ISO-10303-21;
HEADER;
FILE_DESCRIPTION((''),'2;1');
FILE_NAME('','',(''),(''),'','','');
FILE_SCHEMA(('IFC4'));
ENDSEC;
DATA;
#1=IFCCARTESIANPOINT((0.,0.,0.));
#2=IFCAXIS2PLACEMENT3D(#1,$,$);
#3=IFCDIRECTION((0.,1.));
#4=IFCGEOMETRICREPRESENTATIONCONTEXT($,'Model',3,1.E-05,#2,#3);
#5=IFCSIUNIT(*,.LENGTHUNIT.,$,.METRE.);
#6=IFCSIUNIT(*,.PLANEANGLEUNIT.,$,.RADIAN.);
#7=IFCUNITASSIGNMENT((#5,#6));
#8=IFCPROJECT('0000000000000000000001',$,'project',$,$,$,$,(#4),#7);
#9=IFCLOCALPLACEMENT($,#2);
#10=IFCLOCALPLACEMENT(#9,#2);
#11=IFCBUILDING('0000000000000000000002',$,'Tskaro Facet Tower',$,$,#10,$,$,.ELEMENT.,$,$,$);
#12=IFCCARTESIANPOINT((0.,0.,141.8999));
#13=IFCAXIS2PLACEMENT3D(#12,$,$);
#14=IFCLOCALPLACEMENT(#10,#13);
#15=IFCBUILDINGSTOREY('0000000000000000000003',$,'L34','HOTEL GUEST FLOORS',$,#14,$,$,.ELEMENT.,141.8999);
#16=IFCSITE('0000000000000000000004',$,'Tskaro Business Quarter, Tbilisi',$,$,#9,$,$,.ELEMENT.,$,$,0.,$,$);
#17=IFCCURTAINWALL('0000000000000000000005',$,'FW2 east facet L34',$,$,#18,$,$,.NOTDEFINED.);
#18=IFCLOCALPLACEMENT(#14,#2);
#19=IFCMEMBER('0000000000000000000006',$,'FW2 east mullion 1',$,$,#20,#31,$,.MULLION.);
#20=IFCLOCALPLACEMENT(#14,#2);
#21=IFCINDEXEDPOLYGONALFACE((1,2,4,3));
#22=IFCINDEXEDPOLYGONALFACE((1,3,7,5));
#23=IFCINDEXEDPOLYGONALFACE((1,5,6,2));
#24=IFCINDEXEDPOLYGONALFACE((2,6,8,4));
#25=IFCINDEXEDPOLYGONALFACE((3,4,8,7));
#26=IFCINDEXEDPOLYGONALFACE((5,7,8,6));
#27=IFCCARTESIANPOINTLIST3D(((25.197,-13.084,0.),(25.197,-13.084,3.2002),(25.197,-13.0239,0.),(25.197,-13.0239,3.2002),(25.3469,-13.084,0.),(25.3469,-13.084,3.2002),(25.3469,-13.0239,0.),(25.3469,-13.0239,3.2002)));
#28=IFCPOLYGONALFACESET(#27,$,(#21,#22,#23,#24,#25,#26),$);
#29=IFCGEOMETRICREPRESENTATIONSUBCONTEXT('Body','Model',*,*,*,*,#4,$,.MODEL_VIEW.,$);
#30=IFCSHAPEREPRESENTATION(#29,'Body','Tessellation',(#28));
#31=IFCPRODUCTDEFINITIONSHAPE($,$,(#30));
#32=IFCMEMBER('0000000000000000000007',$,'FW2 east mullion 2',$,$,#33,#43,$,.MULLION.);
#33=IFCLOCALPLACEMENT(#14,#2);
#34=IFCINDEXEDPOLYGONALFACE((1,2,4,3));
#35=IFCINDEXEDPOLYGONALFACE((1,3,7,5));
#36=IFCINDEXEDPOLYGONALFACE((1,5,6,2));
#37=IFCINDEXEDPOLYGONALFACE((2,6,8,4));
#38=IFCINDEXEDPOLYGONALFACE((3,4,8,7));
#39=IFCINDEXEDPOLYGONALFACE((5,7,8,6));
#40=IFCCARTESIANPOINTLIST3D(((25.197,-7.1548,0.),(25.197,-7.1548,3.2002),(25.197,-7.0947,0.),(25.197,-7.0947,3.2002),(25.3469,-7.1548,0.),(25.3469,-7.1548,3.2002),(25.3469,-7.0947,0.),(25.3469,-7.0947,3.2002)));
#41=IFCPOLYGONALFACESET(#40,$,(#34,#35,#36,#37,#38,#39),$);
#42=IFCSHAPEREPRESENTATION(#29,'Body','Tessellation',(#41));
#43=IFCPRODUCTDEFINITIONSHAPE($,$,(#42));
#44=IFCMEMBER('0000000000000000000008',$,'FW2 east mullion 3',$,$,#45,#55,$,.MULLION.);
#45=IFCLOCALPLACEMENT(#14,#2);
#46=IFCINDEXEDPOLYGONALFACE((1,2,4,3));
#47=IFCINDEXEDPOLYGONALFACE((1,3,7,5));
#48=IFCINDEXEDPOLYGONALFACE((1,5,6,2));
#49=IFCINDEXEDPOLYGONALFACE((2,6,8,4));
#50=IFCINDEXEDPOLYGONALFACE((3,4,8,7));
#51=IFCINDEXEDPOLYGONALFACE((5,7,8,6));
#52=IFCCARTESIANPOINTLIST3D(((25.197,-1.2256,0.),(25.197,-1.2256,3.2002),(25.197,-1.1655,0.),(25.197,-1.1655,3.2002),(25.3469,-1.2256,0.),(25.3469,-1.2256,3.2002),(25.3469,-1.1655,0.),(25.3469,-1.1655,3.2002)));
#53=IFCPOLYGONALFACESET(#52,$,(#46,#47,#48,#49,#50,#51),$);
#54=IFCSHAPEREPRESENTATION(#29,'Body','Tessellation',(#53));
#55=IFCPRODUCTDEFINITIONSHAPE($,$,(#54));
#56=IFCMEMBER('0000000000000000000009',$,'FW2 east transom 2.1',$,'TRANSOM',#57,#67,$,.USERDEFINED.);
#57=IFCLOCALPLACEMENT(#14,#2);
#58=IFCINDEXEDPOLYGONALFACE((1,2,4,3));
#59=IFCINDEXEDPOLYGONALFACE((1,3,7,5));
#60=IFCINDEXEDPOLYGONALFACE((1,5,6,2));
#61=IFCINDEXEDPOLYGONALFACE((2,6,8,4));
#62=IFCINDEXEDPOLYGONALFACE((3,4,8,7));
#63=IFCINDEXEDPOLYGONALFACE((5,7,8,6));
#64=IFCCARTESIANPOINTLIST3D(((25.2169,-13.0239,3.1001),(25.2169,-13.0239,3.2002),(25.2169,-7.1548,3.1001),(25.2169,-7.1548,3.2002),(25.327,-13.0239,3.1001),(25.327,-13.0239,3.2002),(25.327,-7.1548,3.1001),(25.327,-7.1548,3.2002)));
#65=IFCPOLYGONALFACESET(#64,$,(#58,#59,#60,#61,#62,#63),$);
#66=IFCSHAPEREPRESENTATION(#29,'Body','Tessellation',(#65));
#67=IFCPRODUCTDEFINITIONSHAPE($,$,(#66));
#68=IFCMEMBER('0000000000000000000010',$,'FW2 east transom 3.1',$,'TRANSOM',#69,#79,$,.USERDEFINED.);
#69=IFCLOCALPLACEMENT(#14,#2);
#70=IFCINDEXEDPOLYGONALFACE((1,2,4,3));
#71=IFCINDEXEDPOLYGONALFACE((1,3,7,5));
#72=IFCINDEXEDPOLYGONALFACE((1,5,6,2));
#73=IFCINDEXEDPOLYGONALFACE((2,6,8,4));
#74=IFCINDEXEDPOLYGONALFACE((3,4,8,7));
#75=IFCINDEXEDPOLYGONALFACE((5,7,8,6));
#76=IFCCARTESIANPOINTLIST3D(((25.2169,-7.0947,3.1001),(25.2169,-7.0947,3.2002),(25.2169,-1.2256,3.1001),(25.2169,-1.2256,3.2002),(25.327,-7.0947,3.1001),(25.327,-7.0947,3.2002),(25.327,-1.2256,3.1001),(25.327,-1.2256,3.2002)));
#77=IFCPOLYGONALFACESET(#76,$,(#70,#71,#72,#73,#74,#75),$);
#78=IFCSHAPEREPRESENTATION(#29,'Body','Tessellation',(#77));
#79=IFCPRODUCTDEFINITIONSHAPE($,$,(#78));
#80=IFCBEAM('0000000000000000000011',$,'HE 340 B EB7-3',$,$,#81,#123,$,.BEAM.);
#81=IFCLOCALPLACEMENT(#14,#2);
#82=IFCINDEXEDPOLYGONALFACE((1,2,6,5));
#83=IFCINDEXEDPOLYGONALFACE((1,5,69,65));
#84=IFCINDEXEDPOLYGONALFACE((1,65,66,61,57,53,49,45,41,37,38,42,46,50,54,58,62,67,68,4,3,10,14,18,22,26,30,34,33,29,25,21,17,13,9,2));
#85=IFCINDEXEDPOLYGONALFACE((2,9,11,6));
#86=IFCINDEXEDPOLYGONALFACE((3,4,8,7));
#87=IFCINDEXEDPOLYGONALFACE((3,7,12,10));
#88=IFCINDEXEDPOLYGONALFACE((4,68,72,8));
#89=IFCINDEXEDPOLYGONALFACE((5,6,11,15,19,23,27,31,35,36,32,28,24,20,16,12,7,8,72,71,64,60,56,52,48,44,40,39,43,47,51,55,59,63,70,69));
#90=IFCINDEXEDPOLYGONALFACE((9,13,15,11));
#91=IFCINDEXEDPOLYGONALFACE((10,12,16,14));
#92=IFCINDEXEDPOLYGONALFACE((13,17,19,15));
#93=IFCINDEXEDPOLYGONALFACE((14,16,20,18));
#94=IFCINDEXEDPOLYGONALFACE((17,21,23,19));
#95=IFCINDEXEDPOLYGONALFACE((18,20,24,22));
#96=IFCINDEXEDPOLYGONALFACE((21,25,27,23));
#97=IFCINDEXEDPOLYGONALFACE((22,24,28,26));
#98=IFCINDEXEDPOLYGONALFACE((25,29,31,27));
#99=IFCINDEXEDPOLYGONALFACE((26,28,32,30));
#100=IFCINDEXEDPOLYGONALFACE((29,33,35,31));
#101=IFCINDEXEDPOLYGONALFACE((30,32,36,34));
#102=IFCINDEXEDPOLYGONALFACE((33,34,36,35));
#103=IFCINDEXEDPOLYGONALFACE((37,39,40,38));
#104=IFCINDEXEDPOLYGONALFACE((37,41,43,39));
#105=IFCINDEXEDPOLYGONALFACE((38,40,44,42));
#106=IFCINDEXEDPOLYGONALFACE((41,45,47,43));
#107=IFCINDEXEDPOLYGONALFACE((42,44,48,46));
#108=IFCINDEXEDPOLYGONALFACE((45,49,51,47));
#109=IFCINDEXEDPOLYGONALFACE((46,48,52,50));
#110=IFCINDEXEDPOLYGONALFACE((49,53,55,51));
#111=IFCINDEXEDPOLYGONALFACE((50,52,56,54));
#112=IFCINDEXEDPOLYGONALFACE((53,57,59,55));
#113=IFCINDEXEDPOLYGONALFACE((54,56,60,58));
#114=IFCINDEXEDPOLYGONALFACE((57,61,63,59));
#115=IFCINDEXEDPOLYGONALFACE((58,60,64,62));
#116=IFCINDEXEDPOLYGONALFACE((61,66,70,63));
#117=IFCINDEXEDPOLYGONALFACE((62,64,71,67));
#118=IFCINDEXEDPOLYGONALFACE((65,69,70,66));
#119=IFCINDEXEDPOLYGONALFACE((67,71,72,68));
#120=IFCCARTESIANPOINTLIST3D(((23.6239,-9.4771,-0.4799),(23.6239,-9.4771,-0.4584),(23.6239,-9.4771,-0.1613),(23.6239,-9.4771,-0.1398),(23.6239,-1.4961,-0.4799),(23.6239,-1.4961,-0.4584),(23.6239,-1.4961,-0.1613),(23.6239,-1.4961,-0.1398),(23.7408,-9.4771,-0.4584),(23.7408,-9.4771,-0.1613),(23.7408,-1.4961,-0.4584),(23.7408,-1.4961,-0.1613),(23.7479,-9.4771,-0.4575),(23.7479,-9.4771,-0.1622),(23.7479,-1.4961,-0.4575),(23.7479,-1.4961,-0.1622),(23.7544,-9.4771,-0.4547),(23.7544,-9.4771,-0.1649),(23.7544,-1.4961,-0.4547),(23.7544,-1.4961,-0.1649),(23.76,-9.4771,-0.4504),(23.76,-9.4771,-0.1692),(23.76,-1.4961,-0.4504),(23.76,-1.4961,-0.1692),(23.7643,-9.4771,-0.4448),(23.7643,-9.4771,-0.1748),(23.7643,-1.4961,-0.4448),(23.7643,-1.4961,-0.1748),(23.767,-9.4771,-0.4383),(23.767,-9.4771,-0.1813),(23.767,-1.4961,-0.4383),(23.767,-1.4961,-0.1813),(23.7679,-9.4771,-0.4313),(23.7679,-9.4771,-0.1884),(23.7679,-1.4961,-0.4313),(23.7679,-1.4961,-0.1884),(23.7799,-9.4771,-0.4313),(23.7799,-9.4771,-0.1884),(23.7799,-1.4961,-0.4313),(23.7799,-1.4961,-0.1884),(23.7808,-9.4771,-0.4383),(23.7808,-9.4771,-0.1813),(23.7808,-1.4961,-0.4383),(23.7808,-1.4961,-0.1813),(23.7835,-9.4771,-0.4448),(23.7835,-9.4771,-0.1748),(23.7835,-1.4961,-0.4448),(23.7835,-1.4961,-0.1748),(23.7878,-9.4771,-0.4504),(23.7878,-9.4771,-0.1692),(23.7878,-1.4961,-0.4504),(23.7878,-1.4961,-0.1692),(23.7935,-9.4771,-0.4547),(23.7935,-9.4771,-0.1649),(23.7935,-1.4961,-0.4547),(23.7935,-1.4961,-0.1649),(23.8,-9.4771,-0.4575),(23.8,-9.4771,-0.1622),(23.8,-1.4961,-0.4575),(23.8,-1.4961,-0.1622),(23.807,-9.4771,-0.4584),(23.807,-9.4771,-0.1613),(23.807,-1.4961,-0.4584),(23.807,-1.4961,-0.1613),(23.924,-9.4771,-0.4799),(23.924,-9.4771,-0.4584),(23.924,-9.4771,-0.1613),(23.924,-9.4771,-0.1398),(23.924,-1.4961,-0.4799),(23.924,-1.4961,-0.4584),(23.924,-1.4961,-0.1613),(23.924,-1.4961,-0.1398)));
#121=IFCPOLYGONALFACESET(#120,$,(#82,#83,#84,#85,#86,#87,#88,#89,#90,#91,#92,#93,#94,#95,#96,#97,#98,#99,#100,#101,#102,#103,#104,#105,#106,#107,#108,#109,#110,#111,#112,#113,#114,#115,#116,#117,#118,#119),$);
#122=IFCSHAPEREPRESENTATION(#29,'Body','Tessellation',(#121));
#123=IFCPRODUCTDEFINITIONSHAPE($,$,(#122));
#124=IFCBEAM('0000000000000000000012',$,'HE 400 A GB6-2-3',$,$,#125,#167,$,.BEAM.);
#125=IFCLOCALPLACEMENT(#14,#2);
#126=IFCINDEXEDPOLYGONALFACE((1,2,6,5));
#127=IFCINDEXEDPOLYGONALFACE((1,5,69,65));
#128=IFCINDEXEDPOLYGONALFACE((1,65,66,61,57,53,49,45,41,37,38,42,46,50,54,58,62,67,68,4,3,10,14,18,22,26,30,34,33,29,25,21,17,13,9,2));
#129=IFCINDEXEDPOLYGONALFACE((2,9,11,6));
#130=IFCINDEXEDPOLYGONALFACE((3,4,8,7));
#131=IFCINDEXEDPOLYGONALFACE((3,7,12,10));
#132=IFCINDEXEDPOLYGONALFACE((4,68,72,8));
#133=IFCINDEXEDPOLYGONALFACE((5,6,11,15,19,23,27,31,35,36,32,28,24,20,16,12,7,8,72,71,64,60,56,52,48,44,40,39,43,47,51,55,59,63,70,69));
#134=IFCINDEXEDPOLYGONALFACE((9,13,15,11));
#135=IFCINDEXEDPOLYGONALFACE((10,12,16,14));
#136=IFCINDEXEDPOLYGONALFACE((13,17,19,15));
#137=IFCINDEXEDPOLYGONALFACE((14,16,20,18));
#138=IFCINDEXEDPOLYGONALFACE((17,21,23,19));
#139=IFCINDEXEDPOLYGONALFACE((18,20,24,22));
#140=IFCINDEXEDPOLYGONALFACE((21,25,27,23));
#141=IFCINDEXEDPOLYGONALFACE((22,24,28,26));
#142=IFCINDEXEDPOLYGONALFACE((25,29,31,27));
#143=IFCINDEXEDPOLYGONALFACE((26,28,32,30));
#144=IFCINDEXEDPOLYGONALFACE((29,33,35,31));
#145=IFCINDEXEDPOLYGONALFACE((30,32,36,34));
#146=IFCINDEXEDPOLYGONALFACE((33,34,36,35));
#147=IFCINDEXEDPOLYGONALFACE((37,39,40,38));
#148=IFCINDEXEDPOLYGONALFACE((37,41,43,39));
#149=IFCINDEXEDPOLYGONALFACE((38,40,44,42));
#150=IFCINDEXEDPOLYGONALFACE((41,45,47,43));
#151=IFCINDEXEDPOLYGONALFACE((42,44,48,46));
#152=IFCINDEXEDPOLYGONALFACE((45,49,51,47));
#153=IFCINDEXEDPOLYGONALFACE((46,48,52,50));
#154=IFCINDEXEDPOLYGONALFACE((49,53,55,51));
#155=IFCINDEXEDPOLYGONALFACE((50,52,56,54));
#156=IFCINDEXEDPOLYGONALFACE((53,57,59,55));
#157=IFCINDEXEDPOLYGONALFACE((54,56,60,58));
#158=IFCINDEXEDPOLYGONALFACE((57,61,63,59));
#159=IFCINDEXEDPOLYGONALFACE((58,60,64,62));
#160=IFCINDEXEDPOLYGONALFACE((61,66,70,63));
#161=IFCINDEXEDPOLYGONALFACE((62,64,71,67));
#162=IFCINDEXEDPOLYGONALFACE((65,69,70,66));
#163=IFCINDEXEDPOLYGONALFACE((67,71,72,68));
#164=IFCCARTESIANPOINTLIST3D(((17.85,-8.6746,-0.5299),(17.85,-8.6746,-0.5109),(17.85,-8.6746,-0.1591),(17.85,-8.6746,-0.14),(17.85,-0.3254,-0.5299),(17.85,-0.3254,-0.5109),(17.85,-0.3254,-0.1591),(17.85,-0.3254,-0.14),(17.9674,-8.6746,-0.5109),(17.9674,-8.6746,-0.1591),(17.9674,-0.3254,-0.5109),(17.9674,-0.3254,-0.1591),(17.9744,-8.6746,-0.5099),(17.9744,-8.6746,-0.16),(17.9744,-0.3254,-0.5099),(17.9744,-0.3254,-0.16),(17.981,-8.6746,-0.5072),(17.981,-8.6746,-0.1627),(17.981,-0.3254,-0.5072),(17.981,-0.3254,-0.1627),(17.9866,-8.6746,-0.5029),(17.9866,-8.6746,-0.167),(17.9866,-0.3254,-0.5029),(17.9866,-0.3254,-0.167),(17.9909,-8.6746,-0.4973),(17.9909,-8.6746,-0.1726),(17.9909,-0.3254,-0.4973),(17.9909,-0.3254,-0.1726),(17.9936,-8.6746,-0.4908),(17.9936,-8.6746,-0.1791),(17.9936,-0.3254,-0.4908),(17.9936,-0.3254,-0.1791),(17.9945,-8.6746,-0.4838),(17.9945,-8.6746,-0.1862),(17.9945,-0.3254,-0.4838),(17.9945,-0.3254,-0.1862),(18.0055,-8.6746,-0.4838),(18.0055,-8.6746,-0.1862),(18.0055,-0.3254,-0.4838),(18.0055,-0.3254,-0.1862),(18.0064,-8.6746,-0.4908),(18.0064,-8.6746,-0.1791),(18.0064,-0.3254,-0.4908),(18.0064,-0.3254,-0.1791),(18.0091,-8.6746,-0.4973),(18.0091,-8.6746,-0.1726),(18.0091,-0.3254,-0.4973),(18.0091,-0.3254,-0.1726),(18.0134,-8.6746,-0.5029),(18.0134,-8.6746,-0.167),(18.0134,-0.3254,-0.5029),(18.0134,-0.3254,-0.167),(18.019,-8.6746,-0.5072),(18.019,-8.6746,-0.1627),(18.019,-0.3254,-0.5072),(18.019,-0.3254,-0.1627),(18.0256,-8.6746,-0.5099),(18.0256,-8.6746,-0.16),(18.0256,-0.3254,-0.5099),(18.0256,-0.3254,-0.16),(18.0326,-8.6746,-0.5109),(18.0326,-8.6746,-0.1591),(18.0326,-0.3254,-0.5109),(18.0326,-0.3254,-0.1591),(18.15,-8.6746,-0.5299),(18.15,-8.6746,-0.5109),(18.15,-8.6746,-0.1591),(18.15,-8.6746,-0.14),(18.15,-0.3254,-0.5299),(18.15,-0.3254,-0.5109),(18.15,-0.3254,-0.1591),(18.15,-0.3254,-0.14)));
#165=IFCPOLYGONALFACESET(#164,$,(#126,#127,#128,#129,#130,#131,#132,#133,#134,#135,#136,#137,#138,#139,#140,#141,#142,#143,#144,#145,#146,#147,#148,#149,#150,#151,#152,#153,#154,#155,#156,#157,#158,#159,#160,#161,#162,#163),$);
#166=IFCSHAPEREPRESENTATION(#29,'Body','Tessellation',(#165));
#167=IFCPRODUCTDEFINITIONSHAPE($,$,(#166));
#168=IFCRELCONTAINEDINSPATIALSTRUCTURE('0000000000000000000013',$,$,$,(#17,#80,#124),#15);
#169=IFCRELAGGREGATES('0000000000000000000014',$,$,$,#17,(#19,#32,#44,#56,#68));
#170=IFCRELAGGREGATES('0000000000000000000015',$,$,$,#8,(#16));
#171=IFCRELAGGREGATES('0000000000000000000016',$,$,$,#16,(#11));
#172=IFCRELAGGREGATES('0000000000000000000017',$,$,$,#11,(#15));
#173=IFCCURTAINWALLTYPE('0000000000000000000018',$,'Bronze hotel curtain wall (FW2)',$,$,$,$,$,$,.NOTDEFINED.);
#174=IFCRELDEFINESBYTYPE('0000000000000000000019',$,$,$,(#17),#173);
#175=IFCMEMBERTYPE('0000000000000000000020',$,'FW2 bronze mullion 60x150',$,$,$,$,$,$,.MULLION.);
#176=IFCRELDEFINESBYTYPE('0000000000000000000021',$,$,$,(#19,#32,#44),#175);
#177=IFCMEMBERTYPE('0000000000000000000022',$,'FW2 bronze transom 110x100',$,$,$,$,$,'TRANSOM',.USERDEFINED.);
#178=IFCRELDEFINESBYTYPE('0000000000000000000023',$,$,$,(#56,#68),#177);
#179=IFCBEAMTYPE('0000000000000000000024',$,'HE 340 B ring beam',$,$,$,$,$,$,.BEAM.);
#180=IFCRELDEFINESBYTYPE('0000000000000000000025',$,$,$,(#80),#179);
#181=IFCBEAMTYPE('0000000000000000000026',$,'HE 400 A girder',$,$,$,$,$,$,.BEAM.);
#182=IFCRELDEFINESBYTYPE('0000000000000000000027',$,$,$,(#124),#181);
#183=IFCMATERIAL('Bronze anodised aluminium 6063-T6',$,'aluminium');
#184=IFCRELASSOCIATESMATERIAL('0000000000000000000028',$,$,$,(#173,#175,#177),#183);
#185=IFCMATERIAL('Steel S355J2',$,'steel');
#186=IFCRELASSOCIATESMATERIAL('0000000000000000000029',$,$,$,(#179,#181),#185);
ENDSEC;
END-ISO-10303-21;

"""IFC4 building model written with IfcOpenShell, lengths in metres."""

from ifc_helpers import new_model, si_unit, direction, frame, origin, origin_2d, place, context, subcontext, project, spatial, rectangle, i_section, extrude, material, material_profile, profile_set, type_object, element, aggregate, save


model = new_model("IFC4")

# Units and contexts
model_context = context("Model", 3, precision=1e-05, world=origin(), true_north=direction((0.0, 1.0)))
body_context = subcontext(model_context, "Body", "Model", "MODEL_VIEW")
ifc_project = project(units=[si_unit("LENGTHUNIT", "METRE"), si_unit("PLANEANGLEUNIT", "RADIAN")], contexts=[model_context])

# Site, building, storey
site_placement = place(None, origin())
site = spatial("IfcSite", under=ifc_project, at=site_placement, Name="Tskaro Business Quarter, Tbilisi", CompositionType="ELEMENT", RefElevation=0.0)
building_placement = place(site_placement, origin())
building = spatial("IfcBuilding", under=site, at=building_placement, Name="Tskaro Facet Tower", CompositionType="ELEMENT")
storey_placement = place(building_placement, frame((0.0, 0.0, 141.8999)))
storey = spatial("IfcBuildingStorey", under=building, at=storey_placement, Name="L34", Description="HOTEL GUEST FLOORS", CompositionType="ELEMENT", Elevation=141.8999)

# Curtain wall, members
ifc_material_1 = material(Name="Bronze anodised aluminium 6063-T6", Category="aluminium")
curtain_wall_type = type_object("IfcCurtainWallType", Name="Bronze hotel curtain wall (FW2)", PredefinedType="NOTDEFINED", material=ifc_material_1)
curtain_wall_placement = place(storey_placement, origin())
curtain_wall = element("IfcCurtainWall", 1, at=curtain_wall_placement, inside=storey, type_object=curtain_wall_type, Name="FW2 east facet L34", PredefinedType="NOTDEFINED")
ifc_material_profile_1 = material_profile(ifc_material_1, rectangle(XDim=0.0601, YDim=0.1499, at=origin_2d()), Name="Mullion 60x150")
ifc_profile_set_1 = profile_set([ifc_material_profile_1], Name="Bronze anodised aluminium 6063-T6")
member_type_1 = type_object("IfcMemberType", Name="FW2 bronze mullion 60x150", PredefinedType="MULLION", material=ifc_profile_set_1)
member_1_placement = place(storey_placement, frame((25.272, -13.054, 0.0), z_axis=(0.0, 0.0, 1.0), x_axis=(0.0, 1.0, 0.0)))
member_1 = element("IfcMember", 2, at=member_1_placement, type_object=member_type_1, Name="FW2 east mullion 1", PredefinedType="MULLION", context=body_context, shape_type="SweptSolid", body=[
    extrude(rectangle(XDim=0.0601, YDim=0.1499, at=origin_2d()), origin(), (0.0, 0.0, 1.0), 3.2002),
])
member_2_placement = place(storey_placement, frame((25.272, -7.1248, 0.0), z_axis=(0.0, 0.0, 1.0), x_axis=(0.0, 1.0, 0.0)))
member_2 = element("IfcMember", 3, at=member_2_placement, type_object=member_type_1, Name="FW2 east mullion 2", PredefinedType="MULLION", context=body_context, shape_type="SweptSolid", body=[
    extrude(rectangle(XDim=0.0601, YDim=0.1499, at=origin_2d()), origin(), (0.0, 0.0, 1.0), 3.2002),
])
member_3_placement = place(storey_placement, frame((25.272, -1.1956, 0.0), z_axis=(0.0, 0.0, 1.0), x_axis=(0.0, 1.0, 0.0)))
member_3 = element("IfcMember", 4, at=member_3_placement, type_object=member_type_1, Name="FW2 east mullion 3", PredefinedType="MULLION", context=body_context, shape_type="SweptSolid", body=[
    extrude(rectangle(XDim=0.0601, YDim=0.1499, at=origin_2d()), origin(), (0.0, 0.0, 1.0), 3.2002),
])
ifc_material_profile_2 = material_profile(ifc_material_1, rectangle(XDim=0.1101, YDim=0.1001, at=origin_2d()), Name="Transom 110x100")
ifc_profile_set_2 = profile_set([ifc_material_profile_2], Name="Bronze anodised aluminium 6063-T6")
member_type_2 = type_object("IfcMemberType", Name="FW2 bronze transom 110x100", ElementType="TRANSOM", PredefinedType="USERDEFINED", material=ifc_profile_set_2)
member_4_placement = place(storey_placement, frame((25.272, -13.0239, 3.1501), z_axis=(0.0, 1.0, 0.0), x_axis=(-1.0, 0.0, 0.0)))
member_4 = element("IfcMember", 5, at=member_4_placement, type_object=member_type_2, Name="FW2 east transom 2.1", ObjectType="TRANSOM", PredefinedType="USERDEFINED", context=body_context, shape_type="SweptSolid", body=[
    extrude(rectangle(XDim=0.1101, YDim=0.1001, at=origin_2d()), origin(), (0.0, 0.0, 1.0), 5.8691),
])
member_5_placement = place(storey_placement, frame((25.272, -7.0947, 3.1501), z_axis=(0.0, 1.0, 0.0), x_axis=(-1.0, 0.0, 0.0)))
member_5 = element("IfcMember", 6, at=member_5_placement, type_object=member_type_2, Name="FW2 east transom 3.1", ObjectType="TRANSOM", PredefinedType="USERDEFINED", context=body_context, shape_type="SweptSolid", body=[
    extrude(rectangle(XDim=0.1101, YDim=0.1001, at=origin_2d()), origin(), (0.0, 0.0, 1.0), 5.8691),
])

# Beams
ifc_material_2 = material(Name="Steel S355J2", Category="steel")
ifc_material_profile_3 = material_profile(ifc_material_2, i_section(OverallWidth=0.3, OverallDepth=0.3401, WebThickness=0.012, FlangeThickness=0.0215, FilletRadius=0.0271, at=origin_2d()), Name="HE 340 B")
ifc_profile_set_3 = profile_set([ifc_material_profile_3], Name="Steel S355J2")
beam_type_1 = type_object("IfcBeamType", Name="HE 340 B ring beam", PredefinedType="BEAM", material=ifc_profile_set_3)
beam_1_placement = place(storey_placement, frame((23.7739, -9.4771, -0.3098), z_axis=(0.0, 1.0, 0.0), x_axis=(-1.0, 0.0, 0.0)))
element("IfcBeam", 7, at=beam_1_placement, inside=storey, type_object=beam_type_1, Name="HE 340 B EB7-3", PredefinedType="BEAM", context=body_context, shape_type="SweptSolid", body=[
    extrude(i_section(OverallWidth=0.3, OverallDepth=0.3401, WebThickness=0.012, FlangeThickness=0.0215, FilletRadius=0.0271, at=origin_2d()), origin(), (0.0, 0.0, 1.0), 7.981),
])
ifc_material_profile_4 = material_profile(ifc_material_2, i_section(OverallWidth=0.3, OverallDepth=0.3899, WebThickness=0.011, FlangeThickness=0.019, FilletRadius=0.0271, at=origin_2d()), Name="HE 400 A")
ifc_profile_set_4 = profile_set([ifc_material_profile_4], Name="Steel S355J2")
beam_type_2 = type_object("IfcBeamType", Name="HE 400 A girder", PredefinedType="BEAM", material=ifc_profile_set_4)
beam_2_placement = place(storey_placement, frame((18.0, -8.6746, -0.335), z_axis=(0.0, 1.0, 0.0), x_axis=(-1.0, 0.0, 0.0)))
element("IfcBeam", 8, at=beam_2_placement, inside=storey, type_object=beam_type_2, Name="HE 400 A GB6-2-3", PredefinedType="BEAM", context=body_context, shape_type="SweptSolid", body=[
    extrude(i_section(OverallWidth=0.3, OverallDepth=0.3899, WebThickness=0.011, FlangeThickness=0.019, FilletRadius=0.0271, at=origin_2d()), origin(), (0.0, 0.0, 1.0), 8.3491),
])

aggregate(curtain_wall, [member_1, member_2, member_3, member_4, member_5])

save(model, "model.ifc")
